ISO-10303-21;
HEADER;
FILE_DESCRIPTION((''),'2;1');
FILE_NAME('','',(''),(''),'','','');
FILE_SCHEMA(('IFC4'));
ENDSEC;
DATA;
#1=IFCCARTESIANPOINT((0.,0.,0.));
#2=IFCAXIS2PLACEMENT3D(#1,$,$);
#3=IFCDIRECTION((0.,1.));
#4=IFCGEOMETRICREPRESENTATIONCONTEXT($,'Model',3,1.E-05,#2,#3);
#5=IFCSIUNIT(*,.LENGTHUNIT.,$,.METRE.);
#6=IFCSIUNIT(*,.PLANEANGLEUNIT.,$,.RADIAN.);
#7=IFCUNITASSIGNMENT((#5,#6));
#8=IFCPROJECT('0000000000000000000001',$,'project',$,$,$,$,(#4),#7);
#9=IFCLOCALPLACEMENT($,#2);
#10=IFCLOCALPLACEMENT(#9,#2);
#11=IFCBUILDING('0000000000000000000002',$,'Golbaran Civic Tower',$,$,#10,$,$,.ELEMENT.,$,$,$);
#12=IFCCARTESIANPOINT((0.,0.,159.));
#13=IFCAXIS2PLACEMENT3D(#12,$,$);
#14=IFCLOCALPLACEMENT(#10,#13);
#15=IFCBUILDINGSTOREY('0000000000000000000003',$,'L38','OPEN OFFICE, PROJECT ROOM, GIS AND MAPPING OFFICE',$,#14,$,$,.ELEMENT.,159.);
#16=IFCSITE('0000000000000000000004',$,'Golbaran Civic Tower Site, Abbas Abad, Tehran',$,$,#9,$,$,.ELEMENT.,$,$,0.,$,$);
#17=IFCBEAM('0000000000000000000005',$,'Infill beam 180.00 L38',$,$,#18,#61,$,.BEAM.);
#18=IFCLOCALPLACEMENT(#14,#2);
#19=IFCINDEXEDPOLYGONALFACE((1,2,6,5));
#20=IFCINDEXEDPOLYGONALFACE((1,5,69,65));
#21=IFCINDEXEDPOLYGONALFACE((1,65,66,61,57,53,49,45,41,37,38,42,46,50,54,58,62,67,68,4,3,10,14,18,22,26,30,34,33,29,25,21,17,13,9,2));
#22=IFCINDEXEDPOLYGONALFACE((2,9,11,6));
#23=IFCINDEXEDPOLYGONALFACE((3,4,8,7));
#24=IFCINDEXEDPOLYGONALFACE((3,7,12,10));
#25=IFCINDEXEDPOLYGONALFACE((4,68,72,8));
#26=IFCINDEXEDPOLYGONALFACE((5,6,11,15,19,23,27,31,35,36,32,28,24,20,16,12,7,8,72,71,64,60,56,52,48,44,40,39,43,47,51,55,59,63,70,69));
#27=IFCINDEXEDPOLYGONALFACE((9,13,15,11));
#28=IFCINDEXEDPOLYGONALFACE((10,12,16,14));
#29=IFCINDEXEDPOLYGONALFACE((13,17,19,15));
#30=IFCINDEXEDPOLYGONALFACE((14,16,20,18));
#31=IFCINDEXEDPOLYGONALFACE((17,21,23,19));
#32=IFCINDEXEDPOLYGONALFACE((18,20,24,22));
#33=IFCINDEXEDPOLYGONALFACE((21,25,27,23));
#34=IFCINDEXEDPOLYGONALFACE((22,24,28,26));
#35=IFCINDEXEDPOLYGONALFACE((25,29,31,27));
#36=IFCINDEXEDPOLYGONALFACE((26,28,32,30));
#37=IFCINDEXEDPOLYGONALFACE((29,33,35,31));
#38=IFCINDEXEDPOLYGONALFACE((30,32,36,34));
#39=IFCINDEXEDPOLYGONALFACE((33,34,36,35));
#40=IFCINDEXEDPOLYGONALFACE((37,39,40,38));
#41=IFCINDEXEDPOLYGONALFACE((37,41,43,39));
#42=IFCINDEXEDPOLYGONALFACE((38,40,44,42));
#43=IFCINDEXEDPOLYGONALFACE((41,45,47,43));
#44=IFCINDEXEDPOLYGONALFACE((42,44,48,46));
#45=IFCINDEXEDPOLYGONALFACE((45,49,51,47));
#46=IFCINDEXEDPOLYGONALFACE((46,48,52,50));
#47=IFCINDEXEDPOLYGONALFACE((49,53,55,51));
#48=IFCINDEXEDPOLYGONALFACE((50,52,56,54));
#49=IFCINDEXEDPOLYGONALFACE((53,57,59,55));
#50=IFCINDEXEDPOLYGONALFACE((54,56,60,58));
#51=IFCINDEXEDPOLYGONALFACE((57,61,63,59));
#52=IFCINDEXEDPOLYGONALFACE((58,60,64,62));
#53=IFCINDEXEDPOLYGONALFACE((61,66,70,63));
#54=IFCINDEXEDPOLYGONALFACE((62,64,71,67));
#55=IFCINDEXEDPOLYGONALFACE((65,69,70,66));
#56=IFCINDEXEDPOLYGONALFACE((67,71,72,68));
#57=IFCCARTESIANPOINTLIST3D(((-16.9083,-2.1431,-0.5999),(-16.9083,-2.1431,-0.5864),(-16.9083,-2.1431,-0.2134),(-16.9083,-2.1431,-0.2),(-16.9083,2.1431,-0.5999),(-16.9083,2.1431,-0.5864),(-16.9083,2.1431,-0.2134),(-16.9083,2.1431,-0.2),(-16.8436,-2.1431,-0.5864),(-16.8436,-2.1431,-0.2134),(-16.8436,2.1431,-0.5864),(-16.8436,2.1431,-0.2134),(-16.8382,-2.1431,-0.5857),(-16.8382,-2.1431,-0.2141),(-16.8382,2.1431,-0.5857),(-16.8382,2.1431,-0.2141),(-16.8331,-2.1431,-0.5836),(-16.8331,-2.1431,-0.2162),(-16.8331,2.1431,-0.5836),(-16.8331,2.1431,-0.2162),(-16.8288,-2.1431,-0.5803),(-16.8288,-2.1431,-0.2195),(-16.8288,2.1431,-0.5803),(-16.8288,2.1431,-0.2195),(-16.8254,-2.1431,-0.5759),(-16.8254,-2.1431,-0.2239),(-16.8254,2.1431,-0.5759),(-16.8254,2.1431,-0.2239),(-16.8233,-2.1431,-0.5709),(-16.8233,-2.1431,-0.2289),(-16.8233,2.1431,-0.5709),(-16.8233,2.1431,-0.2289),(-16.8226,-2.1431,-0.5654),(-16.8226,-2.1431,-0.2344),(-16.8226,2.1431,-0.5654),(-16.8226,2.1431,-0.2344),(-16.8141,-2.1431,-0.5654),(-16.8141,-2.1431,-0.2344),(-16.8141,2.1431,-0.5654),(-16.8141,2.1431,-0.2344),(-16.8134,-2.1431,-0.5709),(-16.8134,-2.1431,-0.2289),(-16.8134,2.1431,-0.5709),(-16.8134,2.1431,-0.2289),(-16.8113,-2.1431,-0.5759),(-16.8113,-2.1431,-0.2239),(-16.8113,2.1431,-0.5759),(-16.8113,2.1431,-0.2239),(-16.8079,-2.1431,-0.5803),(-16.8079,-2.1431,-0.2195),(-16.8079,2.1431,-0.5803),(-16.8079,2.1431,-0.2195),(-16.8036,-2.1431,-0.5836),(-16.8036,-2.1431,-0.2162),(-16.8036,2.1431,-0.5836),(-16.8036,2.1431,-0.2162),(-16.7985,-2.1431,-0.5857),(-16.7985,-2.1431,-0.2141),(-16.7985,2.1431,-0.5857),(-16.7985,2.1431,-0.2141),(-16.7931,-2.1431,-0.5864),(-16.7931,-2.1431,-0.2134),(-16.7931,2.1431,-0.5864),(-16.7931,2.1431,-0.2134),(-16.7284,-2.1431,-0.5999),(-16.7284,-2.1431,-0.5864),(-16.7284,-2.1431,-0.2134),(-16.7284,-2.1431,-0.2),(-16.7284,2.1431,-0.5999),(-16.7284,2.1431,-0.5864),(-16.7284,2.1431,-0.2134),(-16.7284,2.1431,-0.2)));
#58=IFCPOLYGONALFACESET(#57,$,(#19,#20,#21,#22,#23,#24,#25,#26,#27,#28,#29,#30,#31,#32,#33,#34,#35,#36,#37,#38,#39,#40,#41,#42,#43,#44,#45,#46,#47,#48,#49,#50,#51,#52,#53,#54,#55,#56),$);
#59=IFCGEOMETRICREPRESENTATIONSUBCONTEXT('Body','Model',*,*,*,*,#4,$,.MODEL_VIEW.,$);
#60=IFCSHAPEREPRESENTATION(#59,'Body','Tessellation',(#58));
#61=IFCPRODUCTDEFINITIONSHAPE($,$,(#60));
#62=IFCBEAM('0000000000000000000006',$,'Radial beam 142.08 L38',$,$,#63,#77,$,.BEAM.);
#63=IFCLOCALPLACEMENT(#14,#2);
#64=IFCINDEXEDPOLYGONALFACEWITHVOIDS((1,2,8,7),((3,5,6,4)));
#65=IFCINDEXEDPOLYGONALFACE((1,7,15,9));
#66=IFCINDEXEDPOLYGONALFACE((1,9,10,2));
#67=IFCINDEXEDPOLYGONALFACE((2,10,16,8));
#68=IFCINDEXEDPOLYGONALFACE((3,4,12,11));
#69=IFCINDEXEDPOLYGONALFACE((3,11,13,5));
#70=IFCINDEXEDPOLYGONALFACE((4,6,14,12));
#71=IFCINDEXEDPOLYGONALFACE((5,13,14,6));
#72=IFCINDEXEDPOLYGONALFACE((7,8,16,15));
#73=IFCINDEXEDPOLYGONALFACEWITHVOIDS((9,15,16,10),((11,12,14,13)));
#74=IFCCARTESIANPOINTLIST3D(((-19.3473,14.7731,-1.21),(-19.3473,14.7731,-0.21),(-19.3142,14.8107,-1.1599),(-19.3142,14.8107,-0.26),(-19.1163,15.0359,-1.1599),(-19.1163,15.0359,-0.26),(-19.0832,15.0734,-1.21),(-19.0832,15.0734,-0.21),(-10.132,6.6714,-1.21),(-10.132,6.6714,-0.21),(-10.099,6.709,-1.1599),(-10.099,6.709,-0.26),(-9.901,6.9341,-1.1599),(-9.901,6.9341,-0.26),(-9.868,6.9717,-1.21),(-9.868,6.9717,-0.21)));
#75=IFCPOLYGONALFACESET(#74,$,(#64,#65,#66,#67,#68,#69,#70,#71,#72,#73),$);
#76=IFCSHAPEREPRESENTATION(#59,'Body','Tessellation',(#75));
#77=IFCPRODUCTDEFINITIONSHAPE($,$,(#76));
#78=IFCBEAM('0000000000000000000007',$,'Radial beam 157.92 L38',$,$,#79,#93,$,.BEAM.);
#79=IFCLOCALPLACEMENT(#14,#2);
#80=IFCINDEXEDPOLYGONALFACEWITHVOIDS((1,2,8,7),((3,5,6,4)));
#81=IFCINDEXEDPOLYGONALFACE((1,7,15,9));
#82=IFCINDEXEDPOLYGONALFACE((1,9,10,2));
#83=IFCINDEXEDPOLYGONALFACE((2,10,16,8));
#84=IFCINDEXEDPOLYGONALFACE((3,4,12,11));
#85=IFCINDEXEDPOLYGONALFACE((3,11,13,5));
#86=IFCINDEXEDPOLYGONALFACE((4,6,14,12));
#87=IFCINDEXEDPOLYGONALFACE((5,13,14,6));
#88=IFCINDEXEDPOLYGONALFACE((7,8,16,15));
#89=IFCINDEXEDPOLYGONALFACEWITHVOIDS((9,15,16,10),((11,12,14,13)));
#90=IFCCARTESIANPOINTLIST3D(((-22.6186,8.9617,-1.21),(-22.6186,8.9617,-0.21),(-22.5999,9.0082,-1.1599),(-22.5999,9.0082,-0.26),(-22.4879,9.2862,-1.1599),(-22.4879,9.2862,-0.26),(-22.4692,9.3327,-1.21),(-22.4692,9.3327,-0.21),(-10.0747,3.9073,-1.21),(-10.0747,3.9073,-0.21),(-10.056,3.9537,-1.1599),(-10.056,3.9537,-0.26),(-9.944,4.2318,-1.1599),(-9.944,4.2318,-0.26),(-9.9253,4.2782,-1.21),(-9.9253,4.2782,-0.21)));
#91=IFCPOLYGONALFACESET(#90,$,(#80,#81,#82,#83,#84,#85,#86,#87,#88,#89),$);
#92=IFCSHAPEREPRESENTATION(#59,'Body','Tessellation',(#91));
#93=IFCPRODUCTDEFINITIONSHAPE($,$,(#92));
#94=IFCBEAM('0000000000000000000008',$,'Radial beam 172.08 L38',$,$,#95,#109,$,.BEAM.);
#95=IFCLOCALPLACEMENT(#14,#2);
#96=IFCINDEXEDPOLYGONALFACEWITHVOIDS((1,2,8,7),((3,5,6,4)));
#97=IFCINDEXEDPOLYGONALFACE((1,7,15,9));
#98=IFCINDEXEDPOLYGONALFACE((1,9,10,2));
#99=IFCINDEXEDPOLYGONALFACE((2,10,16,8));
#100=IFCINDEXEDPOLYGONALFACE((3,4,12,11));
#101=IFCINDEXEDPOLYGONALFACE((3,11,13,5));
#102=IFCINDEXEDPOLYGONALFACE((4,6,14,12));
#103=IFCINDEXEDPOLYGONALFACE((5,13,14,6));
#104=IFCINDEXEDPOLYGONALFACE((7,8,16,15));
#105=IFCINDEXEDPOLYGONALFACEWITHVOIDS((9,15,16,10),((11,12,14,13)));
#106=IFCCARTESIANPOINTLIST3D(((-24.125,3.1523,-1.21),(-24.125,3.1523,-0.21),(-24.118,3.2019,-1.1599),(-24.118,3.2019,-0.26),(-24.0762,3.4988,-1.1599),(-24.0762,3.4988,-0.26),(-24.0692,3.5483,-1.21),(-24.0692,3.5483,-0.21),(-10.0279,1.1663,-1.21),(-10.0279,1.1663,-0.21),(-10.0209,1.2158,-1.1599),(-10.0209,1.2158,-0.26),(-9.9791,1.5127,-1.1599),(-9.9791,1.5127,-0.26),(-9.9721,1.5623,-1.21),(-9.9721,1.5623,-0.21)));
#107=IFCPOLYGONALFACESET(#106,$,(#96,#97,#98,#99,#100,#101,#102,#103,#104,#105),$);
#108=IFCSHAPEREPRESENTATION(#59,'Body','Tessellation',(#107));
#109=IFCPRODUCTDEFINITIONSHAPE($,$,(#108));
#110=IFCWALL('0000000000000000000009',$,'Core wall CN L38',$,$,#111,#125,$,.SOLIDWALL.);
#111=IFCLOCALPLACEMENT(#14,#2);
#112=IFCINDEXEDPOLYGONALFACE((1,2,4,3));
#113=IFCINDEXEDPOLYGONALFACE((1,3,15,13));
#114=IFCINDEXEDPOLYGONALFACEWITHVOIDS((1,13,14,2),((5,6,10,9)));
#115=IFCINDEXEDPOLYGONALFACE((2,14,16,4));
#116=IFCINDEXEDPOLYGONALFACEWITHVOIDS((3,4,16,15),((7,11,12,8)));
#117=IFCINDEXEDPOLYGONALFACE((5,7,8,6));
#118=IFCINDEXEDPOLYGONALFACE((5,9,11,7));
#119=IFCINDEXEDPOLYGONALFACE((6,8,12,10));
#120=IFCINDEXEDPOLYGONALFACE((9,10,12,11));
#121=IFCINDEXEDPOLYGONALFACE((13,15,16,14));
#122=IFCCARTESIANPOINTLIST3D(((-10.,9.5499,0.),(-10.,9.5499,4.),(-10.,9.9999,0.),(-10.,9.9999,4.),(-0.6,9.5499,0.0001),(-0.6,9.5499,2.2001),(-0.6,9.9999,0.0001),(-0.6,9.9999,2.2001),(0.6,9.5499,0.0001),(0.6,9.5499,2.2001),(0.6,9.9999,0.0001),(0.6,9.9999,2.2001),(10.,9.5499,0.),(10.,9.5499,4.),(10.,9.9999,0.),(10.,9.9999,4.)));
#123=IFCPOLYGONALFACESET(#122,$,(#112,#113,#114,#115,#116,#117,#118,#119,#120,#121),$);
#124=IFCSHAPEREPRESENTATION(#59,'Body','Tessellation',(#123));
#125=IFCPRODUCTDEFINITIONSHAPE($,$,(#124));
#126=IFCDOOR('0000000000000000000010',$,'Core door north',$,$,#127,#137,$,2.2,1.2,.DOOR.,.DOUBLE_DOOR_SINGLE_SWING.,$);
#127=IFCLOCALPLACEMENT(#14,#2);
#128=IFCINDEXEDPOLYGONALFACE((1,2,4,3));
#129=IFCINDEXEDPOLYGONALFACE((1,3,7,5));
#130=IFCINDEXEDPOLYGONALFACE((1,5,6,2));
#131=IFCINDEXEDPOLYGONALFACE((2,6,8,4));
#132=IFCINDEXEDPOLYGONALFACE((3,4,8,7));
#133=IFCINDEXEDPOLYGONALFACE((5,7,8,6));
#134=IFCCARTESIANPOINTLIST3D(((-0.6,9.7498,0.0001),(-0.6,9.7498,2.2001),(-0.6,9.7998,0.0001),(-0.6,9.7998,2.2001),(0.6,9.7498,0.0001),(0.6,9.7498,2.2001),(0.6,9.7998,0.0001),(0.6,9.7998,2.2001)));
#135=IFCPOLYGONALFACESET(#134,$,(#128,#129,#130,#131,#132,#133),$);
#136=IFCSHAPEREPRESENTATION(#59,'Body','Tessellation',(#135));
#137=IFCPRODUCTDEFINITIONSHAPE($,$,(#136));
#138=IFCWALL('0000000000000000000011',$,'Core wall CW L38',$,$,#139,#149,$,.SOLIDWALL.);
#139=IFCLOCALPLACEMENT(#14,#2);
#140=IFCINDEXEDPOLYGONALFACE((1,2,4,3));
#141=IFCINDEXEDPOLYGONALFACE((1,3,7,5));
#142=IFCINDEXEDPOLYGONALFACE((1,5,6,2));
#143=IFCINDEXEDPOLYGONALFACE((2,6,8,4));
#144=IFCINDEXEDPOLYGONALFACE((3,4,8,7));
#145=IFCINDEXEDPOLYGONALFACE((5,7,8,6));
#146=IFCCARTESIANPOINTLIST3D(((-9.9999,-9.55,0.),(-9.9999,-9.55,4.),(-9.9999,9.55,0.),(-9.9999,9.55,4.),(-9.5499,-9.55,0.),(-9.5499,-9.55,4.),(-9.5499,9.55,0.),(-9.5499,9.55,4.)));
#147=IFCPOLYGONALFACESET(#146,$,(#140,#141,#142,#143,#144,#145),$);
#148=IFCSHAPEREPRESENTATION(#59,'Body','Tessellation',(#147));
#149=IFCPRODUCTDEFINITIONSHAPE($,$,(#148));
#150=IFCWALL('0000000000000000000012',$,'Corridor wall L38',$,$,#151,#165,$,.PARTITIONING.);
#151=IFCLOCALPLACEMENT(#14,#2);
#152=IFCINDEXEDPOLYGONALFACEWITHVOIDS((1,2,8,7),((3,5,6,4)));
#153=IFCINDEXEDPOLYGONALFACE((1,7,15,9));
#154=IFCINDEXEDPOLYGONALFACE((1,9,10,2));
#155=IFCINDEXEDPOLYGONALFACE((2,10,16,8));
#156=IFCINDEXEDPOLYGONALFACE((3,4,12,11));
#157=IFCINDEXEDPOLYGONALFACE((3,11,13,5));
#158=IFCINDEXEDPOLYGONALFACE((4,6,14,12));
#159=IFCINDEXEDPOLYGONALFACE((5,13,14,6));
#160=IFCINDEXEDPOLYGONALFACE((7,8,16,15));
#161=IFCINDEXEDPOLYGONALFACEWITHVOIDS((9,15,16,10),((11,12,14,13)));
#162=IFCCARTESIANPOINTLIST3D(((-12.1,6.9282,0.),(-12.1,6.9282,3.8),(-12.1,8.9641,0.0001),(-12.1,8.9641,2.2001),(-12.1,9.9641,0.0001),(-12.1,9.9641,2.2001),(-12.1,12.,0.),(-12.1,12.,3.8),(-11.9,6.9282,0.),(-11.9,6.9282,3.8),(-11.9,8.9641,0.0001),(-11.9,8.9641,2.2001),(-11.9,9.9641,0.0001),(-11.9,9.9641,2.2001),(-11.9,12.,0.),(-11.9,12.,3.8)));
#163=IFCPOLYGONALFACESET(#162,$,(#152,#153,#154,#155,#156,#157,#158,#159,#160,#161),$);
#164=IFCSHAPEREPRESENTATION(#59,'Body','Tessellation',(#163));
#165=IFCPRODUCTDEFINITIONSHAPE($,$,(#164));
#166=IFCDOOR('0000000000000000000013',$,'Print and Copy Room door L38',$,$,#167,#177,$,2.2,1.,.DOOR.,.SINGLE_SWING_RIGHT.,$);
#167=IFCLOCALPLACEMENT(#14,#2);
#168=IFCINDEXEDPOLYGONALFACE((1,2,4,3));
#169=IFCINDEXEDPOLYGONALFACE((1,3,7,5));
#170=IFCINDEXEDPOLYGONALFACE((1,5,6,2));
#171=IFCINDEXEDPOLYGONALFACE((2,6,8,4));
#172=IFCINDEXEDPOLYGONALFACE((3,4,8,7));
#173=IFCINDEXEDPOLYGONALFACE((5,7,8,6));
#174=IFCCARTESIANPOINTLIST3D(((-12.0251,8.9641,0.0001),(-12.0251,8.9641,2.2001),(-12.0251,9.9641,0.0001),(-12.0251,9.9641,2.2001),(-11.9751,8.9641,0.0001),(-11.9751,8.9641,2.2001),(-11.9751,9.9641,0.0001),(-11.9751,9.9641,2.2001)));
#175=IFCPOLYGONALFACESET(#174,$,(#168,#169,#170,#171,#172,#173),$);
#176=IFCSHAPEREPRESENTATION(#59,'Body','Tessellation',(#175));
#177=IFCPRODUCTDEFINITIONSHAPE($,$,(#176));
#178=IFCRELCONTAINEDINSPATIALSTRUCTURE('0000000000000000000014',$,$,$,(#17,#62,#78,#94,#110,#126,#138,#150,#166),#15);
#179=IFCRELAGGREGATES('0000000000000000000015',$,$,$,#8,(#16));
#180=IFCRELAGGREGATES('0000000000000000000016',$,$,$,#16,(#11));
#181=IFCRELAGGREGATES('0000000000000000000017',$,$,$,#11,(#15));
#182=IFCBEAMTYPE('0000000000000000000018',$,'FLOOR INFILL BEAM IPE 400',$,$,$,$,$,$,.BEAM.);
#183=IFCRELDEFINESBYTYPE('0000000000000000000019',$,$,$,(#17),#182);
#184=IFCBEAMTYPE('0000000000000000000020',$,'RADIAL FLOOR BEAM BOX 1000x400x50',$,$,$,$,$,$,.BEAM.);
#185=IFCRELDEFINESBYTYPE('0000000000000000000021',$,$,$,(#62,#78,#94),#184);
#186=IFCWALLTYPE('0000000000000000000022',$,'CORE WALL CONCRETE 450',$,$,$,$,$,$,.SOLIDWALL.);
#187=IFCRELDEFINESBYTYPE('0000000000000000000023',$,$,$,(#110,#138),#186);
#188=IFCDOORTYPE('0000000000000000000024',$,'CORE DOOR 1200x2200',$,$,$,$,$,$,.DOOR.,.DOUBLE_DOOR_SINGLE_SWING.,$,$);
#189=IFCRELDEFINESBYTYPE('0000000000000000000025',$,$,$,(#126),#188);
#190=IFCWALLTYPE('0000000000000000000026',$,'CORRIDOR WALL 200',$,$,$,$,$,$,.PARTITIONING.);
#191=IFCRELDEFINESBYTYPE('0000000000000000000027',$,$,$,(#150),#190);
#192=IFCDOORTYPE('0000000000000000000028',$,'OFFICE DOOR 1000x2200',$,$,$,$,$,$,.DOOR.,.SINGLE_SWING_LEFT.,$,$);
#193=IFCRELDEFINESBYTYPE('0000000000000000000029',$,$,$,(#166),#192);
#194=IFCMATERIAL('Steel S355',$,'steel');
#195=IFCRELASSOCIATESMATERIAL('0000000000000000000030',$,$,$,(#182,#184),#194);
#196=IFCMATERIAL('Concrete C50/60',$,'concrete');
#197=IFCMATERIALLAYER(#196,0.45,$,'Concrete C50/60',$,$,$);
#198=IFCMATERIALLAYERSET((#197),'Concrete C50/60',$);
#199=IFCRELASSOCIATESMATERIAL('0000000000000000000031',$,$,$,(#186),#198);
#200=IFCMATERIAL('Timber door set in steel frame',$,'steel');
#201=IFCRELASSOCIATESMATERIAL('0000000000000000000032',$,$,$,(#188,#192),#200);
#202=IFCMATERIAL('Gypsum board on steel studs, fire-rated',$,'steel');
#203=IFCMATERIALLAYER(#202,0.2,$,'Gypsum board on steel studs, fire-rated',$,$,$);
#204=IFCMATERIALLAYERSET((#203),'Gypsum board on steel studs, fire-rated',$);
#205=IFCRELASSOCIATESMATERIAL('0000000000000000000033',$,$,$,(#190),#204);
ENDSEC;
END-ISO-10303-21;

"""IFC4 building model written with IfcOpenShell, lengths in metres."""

from ifc_helpers import new_model, si_unit, direction, frame, frame_2d, origin, origin_2d, place, context, subcontext, project, spatial, rectangle, hollow_rectangle, i_section, extrude, material, layer, layer_set, material_profile, profile_set, type_object, element, fill, save


model = new_model("IFC4")

# Units and contexts
model_context = context("Model", 3, precision=1e-05, world=origin(), true_north=direction((0.0, 1.0)))
body_context = subcontext(model_context, "Body", "Model", "MODEL_VIEW")
ifc_project = project(units=[si_unit("LENGTHUNIT", "METRE"), si_unit("PLANEANGLEUNIT", "RADIAN")], contexts=[model_context])

# Site, building, storey
site_placement = place(None, origin())
site = spatial("IfcSite", under=ifc_project, at=site_placement, Name="Golbaran Civic Tower Site, Abbas Abad, Tehran", CompositionType="ELEMENT", RefElevation=0.0)
building_placement = place(site_placement, origin())
building = spatial("IfcBuilding", under=site, at=building_placement, Name="Golbaran Civic Tower", CompositionType="ELEMENT")
storey_placement = place(building_placement, frame((0.0, 0.0, 159.0)))
storey = spatial("IfcBuildingStorey", under=building, at=storey_placement, Name="L38", Description="OPEN OFFICE, PROJECT ROOM, GIS AND MAPPING OFFICE", CompositionType="ELEMENT", Elevation=159.0)

# Beams
ifc_material_1 = material(Name="Steel S355", Category="steel")
ifc_material_profile_1 = material_profile(ifc_material_1, i_section(OverallWidth=0.1799, OverallDepth=0.3999, WebThickness=0.0085, FlangeThickness=0.0134, FilletRadius=0.021, at=origin_2d()), Name="IPE 400")
ifc_profile_set_1 = profile_set([ifc_material_profile_1], Name="Steel S355")
beam_type_1 = type_object("IfcBeamType", Name="FLOOR INFILL BEAM IPE 400", PredefinedType="BEAM", material=ifc_profile_set_1)
beam_1_placement = place(storey_placement, frame((-16.8184, 2.1431, -0.3999), z_axis=(0.0, -1.0, 0.0), x_axis=(1.0, 0.0, 0.0)))
element("IfcBeam", 1, at=beam_1_placement, inside=storey, type_object=beam_type_1, Name="Infill beam 180.00 L38", PredefinedType="BEAM", context=body_context, shape_type="SweptSolid", body=[
    extrude(i_section(OverallWidth=0.1799, OverallDepth=0.3999, WebThickness=0.0085, FlangeThickness=0.0134, FilletRadius=0.021, at=origin_2d()), origin(), (0.0, 0.0, 1.0), 4.2861),
])
ifc_material_profile_2 = material_profile(ifc_material_1, hollow_rectangle(XDim=0.3999, YDim=1.0, WallThickness=0.05, at=origin_2d()), Name="BOX 1000x400x50")
ifc_profile_set_2 = profile_set([ifc_material_profile_2], Name="Steel S355")
beam_type_2 = type_object("IfcBeamType", Name="RADIAL FLOOR BEAM BOX 1000x400x50", PredefinedType="BEAM", material=ifc_profile_set_2)
beam_2_placement = place(storey_placement, frame((-10.0, 6.8215, -0.71), z_axis=(-0.751024, 0.660275, 0.0), x_axis=(-0.660275, -0.751024, 0.0)))
element("IfcBeam", 2, at=beam_2_placement, inside=storey, type_object=beam_type_2, Name="Radial beam 142.08 L38", PredefinedType="BEAM", context=body_context, shape_type="SweptSolid", body=[
    extrude(hollow_rectangle(XDim=0.3999, YDim=1.0, WallThickness=0.05, at=origin_2d()), origin(), (0.0, 0.0, 1.0), 12.2703),
])
beam_3_placement = place(storey_placement, frame((-10.0, 4.0928, -0.71), z_axis=(-0.927534, 0.373739, 0.0), x_axis=(-0.373739, -0.927534, 0.0)))
element("IfcBeam", 3, at=beam_3_placement, inside=storey, type_object=beam_type_2, Name="Radial beam 157.92 L38", PredefinedType="BEAM", context=body_context, shape_type="SweptSolid", body=[
    extrude(hollow_rectangle(XDim=0.3999, YDim=1.0, WallThickness=0.05, at=origin_2d()), origin(), (0.0, 0.0, 1.0), 13.5239),
])
beam_4_placement = place(storey_placement, frame((-10.0, 1.3643, -0.71), z_axis=(-0.990221, 0.139508, 0.0), x_axis=(-0.139508, -0.990221, 0.0)))
element("IfcBeam", 4, at=beam_4_placement, inside=storey, type_object=beam_type_2, Name="Radial beam 172.08 L38", PredefinedType="BEAM", context=body_context, shape_type="SweptSolid", body=[
    extrude(hollow_rectangle(XDim=0.3999, YDim=1.0, WallThickness=0.05, at=origin_2d()), origin(), (0.0, 0.0, 1.0), 14.2363),
])

# Wall, opening, door
ifc_material_2 = material(Name="Concrete C50/60", Category="concrete")
ifc_layer_1 = layer(ifc_material_2, 0.45, Name="Concrete C50/60")
ifc_layer_set_1 = layer_set([ifc_layer_1], Name="Concrete C50/60")
wall_type_1 = type_object("IfcWallType", Name="CORE WALL CONCRETE 450", PredefinedType="SOLIDWALL", material=ifc_layer_set_1)
wall_1_placement = place(storey_placement, frame((-10.0, 9.7749, 0.0), z_axis=(0.0, 0.0, 1.0), x_axis=(1.0, 0.0, 0.0)))
wall_1 = element("IfcWall", 5, at=wall_1_placement, inside=storey, type_object=wall_type_1, Name="Core wall CN L38", PredefinedType="SOLIDWALL", context=body_context, shape_type="SweptSolid", body=[
    extrude(rectangle(XDim=20.0, YDim=0.45, at=frame_2d((10.0, 0.0))), origin(), (0.0, 0.0, 1.0), 4.0),
])
opening_1_placement = place(wall_1_placement, frame((9.3999, 0.0, 0.0)))
opening_1 = element("IfcOpeningElement", 6, at=opening_1_placement, cuts=wall_1, PredefinedType="OPENING", context=body_context, shape_type="SweptSolid", body=[
    extrude(rectangle(XDim=1.2, YDim=2.2, at=frame_2d((0.6001, 1.1001))), frame((0.0, 0.2349, 0.0), z_axis=(0.0, -1.0, 0.0), x_axis=(1.0, 0.0, 0.0)), (0.0, 0.0, 1.0), 0.47),
])
ifc_material_3 = material(Name="Timber door set in steel frame", Category="steel")
door_type_1 = type_object("IfcDoorType", Name="CORE DOOR 1200x2200", OperationType="DOUBLE_DOOR_SINGLE_SWING", PredefinedType="DOOR", material=ifc_material_3)
door_1_placement = place(opening_1_placement, origin())
door_1 = element("IfcDoor", 7, at=door_1_placement, inside=storey, type_object=door_type_1, Name="Core door north", OperationType="DOUBLE_DOOR_SINGLE_SWING", OverallHeight=2.2, OverallWidth=1.2, PredefinedType="DOOR", context=body_context, shape_type="SweptSolid", body=[
    extrude(rectangle(XDim=1.2, YDim=2.2, at=frame_2d((0.6001, 1.1001))), frame((0.0, 0.0249, 0.0), z_axis=(0.0, -1.0, 0.0), x_axis=(1.0, 0.0, 0.0)), (0.0, 0.0, 1.0), 0.05),
])
fill(opening_1, door_1)

# Wall
wall_2_placement = place(storey_placement, frame((-9.7749, 9.55, 0.0), z_axis=(0.0, 0.0, 1.0), x_axis=(0.0, -1.0, 0.0)))
element("IfcWall", 8, at=wall_2_placement, inside=storey, type_object=wall_type_1, Name="Core wall CW L38", PredefinedType="SOLIDWALL", context=body_context, shape_type="SweptSolid", body=[
    extrude(rectangle(XDim=19.1001, YDim=0.45, at=frame_2d((9.55, 0.0))), origin(), (0.0, 0.0, 1.0), 4.0),
])

# Wall, opening, door
ifc_material_4 = material(Name="Gypsum board on steel studs, fire-rated", Category="steel")
ifc_layer_2 = layer(ifc_material_4, 0.2, Name="Gypsum board on steel studs, fire-rated")
ifc_layer_set_2 = layer_set([ifc_layer_2], Name="Gypsum board on steel studs, fire-rated")
wall_type_2 = type_object("IfcWallType", Name="CORRIDOR WALL 200", PredefinedType="PARTITIONING", material=ifc_layer_set_2)
wall_3_placement = place(storey_placement, frame((-12.0, 12.0, 0.0), z_axis=(0.0, 0.0, 1.0), x_axis=(0.0, -1.0, 0.0)))
wall_3 = element("IfcWall", 9, at=wall_3_placement, inside=storey, type_object=wall_type_2, Name="Corridor wall L38", PredefinedType="PARTITIONING", context=body_context, shape_type="SweptSolid", body=[
    extrude(rectangle(XDim=5.0718, YDim=0.2, at=frame_2d((2.5359, 0.0))), origin(), (0.0, 0.0, 1.0), 3.8),
])
opening_2_placement = place(wall_3_placement, frame((2.0359, 0.0, 0.0)))
opening_2 = element("IfcOpeningElement", 10, at=opening_2_placement, cuts=wall_3, PredefinedType="OPENING", context=body_context, shape_type="SweptSolid", body=[
    extrude(rectangle(XDim=1.0, YDim=2.2, at=frame_2d((0.5, 1.1001))), frame((0.0, 0.1099, 0.0), z_axis=(0.0, -1.0, 0.0), x_axis=(1.0, 0.0, 0.0)), (0.0, 0.0, 1.0), 0.22),
])
door_type_2 = type_object("IfcDoorType", Name="OFFICE DOOR 1000x2200", OperationType="SINGLE_SWING_LEFT", PredefinedType="DOOR", material=ifc_material_3)
door_2_placement = place(opening_2_placement, origin())
door_2 = element("IfcDoor", 11, at=door_2_placement, inside=storey, type_object=door_type_2, Name="Print and Copy Room door L38", OperationType="SINGLE_SWING_RIGHT", OverallHeight=2.2, OverallWidth=1.0, PredefinedType="DOOR", context=body_context, shape_type="SweptSolid", body=[
    extrude(rectangle(XDim=1.0, YDim=2.2, at=frame_2d((0.5, 1.1001))), frame((0.0, 0.0249, 0.0), z_axis=(0.0, -1.0, 0.0), x_axis=(1.0, 0.0, 0.0)), (0.0, 0.0, 1.0), 0.05),
])
fill(opening_2, door_2)

save(model, "model.ifc")
